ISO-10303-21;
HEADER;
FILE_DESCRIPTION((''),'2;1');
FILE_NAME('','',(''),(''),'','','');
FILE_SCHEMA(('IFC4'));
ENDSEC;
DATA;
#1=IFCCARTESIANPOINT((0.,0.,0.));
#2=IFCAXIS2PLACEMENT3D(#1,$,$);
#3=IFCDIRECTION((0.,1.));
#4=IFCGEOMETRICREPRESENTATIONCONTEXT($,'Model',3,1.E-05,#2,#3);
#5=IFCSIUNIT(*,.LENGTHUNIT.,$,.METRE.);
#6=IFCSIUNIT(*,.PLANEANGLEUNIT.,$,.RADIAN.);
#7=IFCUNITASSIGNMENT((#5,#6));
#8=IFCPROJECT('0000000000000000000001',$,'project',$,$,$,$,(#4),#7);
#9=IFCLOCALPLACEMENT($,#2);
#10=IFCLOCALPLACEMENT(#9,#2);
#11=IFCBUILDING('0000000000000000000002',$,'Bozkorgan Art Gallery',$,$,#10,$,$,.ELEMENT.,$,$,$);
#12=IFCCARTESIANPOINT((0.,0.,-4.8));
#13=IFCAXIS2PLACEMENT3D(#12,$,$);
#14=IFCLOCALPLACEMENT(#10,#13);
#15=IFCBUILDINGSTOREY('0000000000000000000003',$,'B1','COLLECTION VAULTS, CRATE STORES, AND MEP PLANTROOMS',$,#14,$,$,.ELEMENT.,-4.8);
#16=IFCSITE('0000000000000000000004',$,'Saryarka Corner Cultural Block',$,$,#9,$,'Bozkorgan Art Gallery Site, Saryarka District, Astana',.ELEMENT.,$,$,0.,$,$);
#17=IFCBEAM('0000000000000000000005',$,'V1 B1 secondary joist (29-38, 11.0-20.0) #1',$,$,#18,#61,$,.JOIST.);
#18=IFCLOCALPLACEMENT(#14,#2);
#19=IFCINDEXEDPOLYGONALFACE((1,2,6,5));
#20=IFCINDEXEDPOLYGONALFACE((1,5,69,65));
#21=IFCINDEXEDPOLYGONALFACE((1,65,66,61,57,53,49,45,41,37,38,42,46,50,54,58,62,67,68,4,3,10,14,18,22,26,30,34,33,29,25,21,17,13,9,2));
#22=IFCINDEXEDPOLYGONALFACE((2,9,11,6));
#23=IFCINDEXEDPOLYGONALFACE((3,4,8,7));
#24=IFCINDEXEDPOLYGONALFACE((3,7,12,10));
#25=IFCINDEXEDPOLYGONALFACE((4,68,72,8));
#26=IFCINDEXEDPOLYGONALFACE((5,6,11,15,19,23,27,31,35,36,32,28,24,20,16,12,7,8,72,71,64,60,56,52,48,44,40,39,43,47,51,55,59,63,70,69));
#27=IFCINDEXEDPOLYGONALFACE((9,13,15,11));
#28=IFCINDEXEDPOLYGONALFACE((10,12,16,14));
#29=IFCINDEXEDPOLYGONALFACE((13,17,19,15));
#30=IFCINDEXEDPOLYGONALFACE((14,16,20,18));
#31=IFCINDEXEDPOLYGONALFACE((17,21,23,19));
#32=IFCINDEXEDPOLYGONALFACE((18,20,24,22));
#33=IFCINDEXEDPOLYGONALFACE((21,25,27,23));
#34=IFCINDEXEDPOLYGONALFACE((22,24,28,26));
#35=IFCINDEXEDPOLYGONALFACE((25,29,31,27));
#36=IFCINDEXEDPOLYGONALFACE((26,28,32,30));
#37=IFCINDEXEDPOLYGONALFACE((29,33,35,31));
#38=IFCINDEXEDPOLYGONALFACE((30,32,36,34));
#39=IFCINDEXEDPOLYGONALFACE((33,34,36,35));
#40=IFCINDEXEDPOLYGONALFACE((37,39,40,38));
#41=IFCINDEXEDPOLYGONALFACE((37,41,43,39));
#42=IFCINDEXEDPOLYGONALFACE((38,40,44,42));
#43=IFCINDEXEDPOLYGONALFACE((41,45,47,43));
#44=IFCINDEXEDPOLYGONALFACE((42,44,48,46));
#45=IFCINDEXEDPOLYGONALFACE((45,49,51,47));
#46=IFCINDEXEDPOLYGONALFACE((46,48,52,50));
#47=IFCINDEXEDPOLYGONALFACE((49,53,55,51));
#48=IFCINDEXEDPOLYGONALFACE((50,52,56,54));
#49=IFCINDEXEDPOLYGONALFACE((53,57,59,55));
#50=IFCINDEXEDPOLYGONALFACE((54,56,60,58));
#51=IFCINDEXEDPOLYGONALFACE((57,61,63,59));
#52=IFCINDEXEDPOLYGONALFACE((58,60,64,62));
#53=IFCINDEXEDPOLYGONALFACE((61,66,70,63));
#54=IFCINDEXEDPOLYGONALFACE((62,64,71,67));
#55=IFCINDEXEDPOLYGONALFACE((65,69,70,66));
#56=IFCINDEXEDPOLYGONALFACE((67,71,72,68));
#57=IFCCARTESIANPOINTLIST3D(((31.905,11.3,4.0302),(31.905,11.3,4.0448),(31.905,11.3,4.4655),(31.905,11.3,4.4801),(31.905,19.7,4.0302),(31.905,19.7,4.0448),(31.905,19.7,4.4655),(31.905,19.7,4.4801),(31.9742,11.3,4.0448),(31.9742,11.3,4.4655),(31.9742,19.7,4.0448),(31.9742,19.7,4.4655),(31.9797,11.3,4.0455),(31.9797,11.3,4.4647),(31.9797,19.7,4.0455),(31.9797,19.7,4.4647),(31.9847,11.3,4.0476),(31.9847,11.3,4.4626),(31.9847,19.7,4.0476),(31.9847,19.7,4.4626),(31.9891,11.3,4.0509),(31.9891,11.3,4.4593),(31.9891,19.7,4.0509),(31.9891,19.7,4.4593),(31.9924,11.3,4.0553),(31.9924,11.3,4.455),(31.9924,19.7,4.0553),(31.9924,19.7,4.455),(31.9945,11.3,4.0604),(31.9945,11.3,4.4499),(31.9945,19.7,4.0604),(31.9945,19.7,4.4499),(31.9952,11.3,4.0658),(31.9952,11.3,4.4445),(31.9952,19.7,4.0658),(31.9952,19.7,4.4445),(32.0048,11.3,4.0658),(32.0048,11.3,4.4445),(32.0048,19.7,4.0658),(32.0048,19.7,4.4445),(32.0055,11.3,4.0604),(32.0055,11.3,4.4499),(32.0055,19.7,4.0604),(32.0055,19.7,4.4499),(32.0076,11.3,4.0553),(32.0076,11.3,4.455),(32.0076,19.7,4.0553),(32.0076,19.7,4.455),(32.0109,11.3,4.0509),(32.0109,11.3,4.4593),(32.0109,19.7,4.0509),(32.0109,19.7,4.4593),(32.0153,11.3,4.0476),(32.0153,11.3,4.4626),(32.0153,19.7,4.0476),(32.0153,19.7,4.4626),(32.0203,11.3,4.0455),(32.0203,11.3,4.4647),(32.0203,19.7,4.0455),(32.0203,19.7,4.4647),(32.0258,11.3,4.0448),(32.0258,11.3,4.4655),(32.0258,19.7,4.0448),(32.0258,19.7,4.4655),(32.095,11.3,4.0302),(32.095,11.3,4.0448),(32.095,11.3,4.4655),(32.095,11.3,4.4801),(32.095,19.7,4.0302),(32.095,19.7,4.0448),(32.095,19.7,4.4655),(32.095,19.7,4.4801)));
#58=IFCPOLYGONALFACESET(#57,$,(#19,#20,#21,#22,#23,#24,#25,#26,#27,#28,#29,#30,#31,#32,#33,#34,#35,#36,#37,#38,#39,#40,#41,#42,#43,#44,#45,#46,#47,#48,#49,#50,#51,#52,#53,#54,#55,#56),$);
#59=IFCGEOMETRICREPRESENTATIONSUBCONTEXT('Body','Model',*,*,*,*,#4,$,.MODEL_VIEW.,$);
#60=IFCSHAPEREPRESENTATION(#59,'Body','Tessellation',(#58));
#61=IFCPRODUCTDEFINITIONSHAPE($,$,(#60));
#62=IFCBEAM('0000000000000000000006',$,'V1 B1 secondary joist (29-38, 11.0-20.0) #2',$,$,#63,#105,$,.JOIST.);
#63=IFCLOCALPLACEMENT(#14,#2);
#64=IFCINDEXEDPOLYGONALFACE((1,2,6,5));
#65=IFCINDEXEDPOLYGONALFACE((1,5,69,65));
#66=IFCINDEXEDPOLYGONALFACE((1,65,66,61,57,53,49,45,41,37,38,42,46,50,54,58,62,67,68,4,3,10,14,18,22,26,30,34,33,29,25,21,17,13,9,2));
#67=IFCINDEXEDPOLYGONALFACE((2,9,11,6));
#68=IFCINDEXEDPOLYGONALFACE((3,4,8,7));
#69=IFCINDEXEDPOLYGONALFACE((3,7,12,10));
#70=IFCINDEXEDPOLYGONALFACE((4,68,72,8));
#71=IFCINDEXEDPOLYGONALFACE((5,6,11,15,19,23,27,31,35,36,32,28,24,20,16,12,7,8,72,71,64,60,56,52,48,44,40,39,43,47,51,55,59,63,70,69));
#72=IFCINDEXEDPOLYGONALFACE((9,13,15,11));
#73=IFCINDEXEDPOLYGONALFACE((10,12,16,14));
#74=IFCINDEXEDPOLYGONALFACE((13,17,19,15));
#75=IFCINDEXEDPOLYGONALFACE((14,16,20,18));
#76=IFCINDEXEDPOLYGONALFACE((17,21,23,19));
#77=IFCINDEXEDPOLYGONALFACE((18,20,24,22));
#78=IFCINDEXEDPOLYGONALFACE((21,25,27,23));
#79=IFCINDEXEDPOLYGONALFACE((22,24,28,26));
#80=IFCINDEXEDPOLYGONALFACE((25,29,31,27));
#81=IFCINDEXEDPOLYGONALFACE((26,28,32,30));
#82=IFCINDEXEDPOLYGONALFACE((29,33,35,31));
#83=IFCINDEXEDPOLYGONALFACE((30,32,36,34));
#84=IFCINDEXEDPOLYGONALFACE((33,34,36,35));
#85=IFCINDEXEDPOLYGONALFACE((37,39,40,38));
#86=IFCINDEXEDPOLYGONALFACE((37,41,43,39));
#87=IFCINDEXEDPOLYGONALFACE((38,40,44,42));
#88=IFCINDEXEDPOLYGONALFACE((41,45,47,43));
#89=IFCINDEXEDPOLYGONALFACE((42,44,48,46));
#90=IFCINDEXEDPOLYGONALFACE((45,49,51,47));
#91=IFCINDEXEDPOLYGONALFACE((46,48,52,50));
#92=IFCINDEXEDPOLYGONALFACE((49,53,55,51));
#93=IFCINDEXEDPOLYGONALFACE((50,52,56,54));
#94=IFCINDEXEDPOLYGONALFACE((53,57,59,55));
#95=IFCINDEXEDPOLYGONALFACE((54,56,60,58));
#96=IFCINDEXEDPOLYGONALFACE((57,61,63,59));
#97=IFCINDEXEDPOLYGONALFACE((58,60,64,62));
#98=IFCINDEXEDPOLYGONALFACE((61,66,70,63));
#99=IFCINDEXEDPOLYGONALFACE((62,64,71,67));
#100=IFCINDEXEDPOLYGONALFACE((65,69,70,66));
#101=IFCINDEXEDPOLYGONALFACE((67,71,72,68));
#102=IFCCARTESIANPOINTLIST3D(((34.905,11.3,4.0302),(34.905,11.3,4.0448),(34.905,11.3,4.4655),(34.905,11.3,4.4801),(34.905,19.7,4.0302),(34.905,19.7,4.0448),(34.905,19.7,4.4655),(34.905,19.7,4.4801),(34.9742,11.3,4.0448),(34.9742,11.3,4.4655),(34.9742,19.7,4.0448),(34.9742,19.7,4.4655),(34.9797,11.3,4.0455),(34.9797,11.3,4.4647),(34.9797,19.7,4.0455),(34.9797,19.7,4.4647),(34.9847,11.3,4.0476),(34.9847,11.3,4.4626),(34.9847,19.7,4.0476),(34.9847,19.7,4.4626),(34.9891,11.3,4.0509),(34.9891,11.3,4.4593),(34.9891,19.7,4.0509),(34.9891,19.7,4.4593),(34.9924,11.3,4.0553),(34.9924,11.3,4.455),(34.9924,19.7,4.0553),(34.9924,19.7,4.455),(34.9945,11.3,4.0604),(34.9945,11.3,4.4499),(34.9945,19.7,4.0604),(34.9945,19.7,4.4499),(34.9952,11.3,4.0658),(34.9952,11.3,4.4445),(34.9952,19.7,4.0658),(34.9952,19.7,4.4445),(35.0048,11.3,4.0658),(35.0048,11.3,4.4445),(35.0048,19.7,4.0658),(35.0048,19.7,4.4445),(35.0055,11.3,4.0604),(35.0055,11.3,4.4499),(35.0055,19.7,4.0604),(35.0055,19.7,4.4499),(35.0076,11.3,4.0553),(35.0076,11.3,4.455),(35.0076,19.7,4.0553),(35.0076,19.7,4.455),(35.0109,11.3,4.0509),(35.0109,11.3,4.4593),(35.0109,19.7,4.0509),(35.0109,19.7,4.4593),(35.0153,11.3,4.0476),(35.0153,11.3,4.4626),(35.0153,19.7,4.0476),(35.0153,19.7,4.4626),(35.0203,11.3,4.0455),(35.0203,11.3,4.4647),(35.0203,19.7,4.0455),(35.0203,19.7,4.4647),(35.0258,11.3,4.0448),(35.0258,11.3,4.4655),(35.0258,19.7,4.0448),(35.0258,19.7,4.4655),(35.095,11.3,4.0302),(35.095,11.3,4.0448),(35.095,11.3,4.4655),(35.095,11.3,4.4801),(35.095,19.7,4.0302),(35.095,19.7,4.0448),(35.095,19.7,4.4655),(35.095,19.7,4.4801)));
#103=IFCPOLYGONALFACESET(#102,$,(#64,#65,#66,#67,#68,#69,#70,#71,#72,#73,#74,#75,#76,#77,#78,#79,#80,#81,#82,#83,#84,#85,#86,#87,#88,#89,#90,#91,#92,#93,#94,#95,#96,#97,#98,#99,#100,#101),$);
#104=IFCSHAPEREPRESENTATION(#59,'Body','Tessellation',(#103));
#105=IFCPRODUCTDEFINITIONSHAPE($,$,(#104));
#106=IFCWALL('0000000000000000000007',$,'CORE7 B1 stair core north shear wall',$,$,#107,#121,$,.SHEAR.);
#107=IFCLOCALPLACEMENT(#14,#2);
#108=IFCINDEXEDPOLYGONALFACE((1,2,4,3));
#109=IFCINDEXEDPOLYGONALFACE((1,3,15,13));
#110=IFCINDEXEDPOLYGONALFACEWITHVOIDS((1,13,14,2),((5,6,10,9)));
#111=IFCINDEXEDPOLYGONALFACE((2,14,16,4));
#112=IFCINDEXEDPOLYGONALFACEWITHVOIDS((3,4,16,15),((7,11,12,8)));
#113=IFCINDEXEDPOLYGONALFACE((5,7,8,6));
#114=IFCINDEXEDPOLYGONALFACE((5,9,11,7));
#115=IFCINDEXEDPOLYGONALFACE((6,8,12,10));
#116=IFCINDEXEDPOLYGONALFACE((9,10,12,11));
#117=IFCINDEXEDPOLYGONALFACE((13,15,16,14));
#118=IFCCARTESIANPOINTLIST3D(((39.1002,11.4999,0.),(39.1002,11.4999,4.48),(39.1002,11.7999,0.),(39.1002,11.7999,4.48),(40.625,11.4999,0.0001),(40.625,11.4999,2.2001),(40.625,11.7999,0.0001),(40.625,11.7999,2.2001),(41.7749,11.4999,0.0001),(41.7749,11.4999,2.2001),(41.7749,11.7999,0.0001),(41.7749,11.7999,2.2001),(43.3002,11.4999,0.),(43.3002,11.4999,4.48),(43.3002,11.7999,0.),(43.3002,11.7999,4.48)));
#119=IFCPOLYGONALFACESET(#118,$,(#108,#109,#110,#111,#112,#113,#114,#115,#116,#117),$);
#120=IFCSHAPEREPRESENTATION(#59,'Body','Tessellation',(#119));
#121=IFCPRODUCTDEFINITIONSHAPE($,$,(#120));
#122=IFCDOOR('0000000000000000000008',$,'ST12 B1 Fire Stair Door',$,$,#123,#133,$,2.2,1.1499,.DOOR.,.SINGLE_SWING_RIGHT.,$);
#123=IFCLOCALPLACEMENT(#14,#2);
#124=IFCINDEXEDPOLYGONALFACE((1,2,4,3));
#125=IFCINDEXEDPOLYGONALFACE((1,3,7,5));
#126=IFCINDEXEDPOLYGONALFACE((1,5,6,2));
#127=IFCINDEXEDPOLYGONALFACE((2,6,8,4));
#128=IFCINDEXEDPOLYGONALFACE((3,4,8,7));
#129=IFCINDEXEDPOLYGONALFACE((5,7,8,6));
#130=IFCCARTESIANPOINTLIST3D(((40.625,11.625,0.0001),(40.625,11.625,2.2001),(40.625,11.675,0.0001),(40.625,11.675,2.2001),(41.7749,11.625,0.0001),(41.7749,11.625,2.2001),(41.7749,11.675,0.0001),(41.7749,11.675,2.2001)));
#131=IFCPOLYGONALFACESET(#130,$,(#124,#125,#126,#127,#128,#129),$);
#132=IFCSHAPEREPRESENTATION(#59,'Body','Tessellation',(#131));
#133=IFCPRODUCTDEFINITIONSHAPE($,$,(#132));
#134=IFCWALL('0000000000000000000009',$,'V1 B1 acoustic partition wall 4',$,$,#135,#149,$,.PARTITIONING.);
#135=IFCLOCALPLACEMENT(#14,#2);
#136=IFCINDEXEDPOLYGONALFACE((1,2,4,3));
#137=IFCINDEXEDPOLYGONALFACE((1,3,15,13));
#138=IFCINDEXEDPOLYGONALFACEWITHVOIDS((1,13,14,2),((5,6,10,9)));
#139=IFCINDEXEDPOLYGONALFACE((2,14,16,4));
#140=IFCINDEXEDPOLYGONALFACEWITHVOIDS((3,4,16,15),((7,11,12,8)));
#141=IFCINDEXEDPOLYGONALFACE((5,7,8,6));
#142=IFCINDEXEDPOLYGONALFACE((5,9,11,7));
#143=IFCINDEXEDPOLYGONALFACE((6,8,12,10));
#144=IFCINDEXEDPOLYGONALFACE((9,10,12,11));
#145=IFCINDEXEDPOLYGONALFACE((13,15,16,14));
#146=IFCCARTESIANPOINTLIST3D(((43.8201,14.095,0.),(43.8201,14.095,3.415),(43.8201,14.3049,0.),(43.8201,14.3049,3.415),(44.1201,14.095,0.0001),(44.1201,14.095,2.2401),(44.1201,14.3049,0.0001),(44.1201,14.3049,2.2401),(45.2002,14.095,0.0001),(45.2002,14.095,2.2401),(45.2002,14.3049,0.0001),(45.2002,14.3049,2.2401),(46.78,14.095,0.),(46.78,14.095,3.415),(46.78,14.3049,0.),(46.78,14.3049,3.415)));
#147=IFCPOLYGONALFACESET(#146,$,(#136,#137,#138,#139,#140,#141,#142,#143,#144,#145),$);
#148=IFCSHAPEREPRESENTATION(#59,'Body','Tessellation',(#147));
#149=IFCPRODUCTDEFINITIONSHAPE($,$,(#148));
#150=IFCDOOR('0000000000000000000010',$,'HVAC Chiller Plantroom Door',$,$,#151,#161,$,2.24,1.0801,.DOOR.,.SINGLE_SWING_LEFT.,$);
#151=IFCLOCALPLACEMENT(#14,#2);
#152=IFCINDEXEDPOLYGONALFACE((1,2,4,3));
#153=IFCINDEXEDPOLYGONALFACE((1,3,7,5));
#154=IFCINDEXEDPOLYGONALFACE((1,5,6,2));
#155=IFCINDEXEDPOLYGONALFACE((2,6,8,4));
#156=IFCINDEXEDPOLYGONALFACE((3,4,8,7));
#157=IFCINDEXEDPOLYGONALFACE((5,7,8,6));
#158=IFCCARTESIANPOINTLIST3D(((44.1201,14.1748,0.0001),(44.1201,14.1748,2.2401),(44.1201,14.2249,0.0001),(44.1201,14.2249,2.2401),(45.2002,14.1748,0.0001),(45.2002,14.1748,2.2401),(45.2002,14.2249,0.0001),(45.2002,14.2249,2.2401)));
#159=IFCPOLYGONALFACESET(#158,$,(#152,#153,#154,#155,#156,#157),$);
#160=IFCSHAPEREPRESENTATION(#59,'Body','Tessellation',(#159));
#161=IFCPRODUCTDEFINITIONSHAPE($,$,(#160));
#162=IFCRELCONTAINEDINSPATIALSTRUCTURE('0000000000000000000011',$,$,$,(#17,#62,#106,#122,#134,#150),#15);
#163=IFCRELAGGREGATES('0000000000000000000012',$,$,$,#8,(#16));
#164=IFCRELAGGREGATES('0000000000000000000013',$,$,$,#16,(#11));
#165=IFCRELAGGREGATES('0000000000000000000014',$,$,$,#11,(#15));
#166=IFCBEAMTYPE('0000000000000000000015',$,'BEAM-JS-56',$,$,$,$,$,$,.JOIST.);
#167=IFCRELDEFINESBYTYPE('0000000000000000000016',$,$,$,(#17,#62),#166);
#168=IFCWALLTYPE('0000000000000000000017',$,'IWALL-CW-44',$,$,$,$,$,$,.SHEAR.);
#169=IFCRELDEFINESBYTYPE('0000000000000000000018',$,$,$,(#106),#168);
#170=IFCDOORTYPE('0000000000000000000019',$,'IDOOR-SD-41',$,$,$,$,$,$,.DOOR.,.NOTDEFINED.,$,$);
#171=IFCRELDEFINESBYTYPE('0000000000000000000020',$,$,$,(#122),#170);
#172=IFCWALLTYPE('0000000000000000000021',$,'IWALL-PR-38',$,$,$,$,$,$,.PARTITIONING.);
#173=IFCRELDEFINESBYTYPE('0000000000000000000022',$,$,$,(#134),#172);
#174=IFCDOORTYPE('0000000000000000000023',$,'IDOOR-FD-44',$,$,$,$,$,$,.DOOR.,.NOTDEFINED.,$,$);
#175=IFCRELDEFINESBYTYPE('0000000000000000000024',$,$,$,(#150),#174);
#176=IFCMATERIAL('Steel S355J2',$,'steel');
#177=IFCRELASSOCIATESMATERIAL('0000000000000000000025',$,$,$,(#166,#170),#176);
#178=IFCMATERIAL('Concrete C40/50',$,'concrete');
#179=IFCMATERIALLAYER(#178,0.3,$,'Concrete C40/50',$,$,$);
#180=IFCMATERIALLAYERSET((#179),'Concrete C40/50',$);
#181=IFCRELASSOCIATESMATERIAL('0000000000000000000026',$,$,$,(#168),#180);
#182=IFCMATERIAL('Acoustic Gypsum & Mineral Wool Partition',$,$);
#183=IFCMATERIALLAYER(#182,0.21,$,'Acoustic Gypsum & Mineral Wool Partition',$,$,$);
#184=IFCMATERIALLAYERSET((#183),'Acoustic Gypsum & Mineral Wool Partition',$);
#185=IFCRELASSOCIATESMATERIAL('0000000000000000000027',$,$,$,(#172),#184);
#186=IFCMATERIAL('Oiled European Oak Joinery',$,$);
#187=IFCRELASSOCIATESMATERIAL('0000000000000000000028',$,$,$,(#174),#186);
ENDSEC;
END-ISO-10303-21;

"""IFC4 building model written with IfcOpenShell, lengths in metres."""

from ifc_helpers import new_model, si_unit, direction, frame, frame_2d, origin, origin_2d, place, context, subcontext, project, spatial, rectangle, i_section, extrude, material, layer, layer_set, material_profile, profile_set, type_object, element, fill, save


model = new_model("IFC4")

# Units and contexts
model_context = context("Model", 3, precision=1e-05, world=origin(), true_north=direction((0.0, 1.0)))
body_context = subcontext(model_context, "Body", "Model", "MODEL_VIEW")
ifc_project = project(units=[si_unit("LENGTHUNIT", "METRE"), si_unit("PLANEANGLEUNIT", "RADIAN")], contexts=[model_context])

# Site, building, storey
site_placement = place(None, origin())
site = spatial("IfcSite", under=ifc_project, at=site_placement, Name="Saryarka Corner Cultural Block", LongName="Bozkorgan Art Gallery Site, Saryarka District, Astana", CompositionType="ELEMENT", RefElevation=0.0)
building_placement = place(site_placement, origin())
building = spatial("IfcBuilding", under=site, at=building_placement, Name="Bozkorgan Art Gallery", CompositionType="ELEMENT")
storey_placement = place(building_placement, frame((0.0, 0.0, -4.8)))
storey = spatial("IfcBuildingStorey", under=building, at=storey_placement, Name="B1", Description="COLLECTION VAULTS, CRATE STORES, AND MEP PLANTROOMS", CompositionType="ELEMENT", Elevation=-4.8)

# Shared definitions
ifc_material_1 = material(Name="Concrete C40/50", Category="concrete")

# Beams
ifc_material_2 = material(Name="Steel S355J2", Category="steel")
ifc_material_profile_1 = material_profile(ifc_material_2, i_section(OverallWidth=0.1899, OverallDepth=0.45, WebThickness=0.0095, FlangeThickness=0.0146, FilletRadius=0.021, at=origin_2d()), Name="IPE 450")
ifc_profile_set_1 = profile_set([ifc_material_profile_1], Name="Steel S355J2")
beam_type_1 = type_object("IfcBeamType", Name="BEAM-JS-56", PredefinedType="JOIST", material=ifc_profile_set_1)
for number, where, z_axis, x_axis, name in (
    (1, (32.0, 11.3, 4.2551), (0.0, 1.0, 0.0), (-1.0, 0.0, 0.0), "V1 B1 secondary joist (29-38, 11.0-20.0) #1"),
    (2, (35.0, 11.3, 4.2551), (0.0, 1.0, 0.0), (-1.0, 0.0, 0.0), "V1 B1 secondary joist (29-38, 11.0-20.0) #2"),
):
    element("IfcBeam", number, at=place(storey_placement, frame(where, z_axis=z_axis, x_axis=x_axis)), inside=storey, type_object=beam_type_1, Name=name, PredefinedType="JOIST", context=body_context, shape_type="SweptSolid", body=[
        extrude(i_section(OverallWidth=0.1899, OverallDepth=0.45, WebThickness=0.0095, FlangeThickness=0.0146, FilletRadius=0.021, at=origin_2d()), origin(), (0.0, 0.0, 1.0), 8.3999),
    ])

# Walls, openings, doors
ifc_layer_1 = layer(ifc_material_1, 0.3, Name="Concrete C40/50")
ifc_layer_set_1 = layer_set([ifc_layer_1], Name="Concrete C40/50")
wall_type_1 = type_object("IfcWallType", Name="IWALL-CW-44", PredefinedType="SHEAR", material=ifc_layer_set_1)
wall_1_placement = place(storey_placement, frame((39.1001, 11.6499, 0.0), z_axis=(0.0, 0.0, 1.0), x_axis=(1.0, 0.0, 0.0)))
wall_1 = element("IfcWall", 3, at=wall_1_placement, inside=storey, type_object=wall_type_1, Name="CORE7 B1 stair core north shear wall", PredefinedType="SHEAR", context=body_context, shape_type="SweptSolid", body=[
    extrude(rectangle(XDim=4.2, YDim=0.3, at=frame_2d((2.1001, 0.0))), origin(), (0.0, 0.0, 1.0), 4.48),
])
opening_1_placement = place(wall_1_placement, frame((2.6748, 0.0, 0.0), z_axis=(0.0, 0.0, 1.0), x_axis=(-1.0, 0.0, 0.0)))
opening_1 = element("IfcOpeningElement", 4, at=opening_1_placement, cuts=wall_1, PredefinedType="OPENING", context=body_context, shape_type="SweptSolid", body=[
    extrude(rectangle(XDim=1.1499, YDim=2.2, at=frame_2d((0.575, 1.1001))), frame((0.0, 0.1602, 0.0), z_axis=(0.0, -1.0, 0.0), x_axis=(1.0, 0.0, 0.0)), (0.0, 0.0, 1.0), 0.3201),
])
door_type_1 = type_object("IfcDoorType", Name="IDOOR-SD-41", OperationType="NOTDEFINED", PredefinedType="DOOR", material=ifc_material_2)
door_1_placement = place(opening_1_placement, origin())
door_1 = element("IfcDoor", 5, at=door_1_placement, inside=storey, type_object=door_type_1, Name="ST12 B1 Fire Stair Door", OperationType="SINGLE_SWING_RIGHT", OverallHeight=2.2, OverallWidth=1.1499, PredefinedType="DOOR", context=body_context, shape_type="SweptSolid", body=[
    extrude(rectangle(XDim=1.1499, YDim=2.2, at=frame_2d((0.575, 1.1001))), frame((0.0, 0.0249, 0.0), z_axis=(0.0, -1.0, 0.0), x_axis=(1.0, 0.0, 0.0)), (0.0, 0.0, 1.0), 0.05),
])
fill(opening_1, door_1)
ifc_material_3 = material(Name="Acoustic Gypsum & Mineral Wool Partition")
ifc_layer_2 = layer(ifc_material_3, 0.21, Name="Acoustic Gypsum & Mineral Wool Partition")
ifc_layer_set_2 = layer_set([ifc_layer_2], Name="Acoustic Gypsum & Mineral Wool Partition")
wall_type_2 = type_object("IfcWallType", Name="IWALL-PR-38", PredefinedType="PARTITIONING", material=ifc_layer_set_2)
wall_2_placement = place(storey_placement, frame((43.8201, 14.2, 0.0), z_axis=(0.0, 0.0, 1.0), x_axis=(1.0, 0.0, 0.0)))
wall_2 = element("IfcWall", 6, at=wall_2_placement, inside=storey, type_object=wall_type_2, Name="V1 B1 acoustic partition wall 4", PredefinedType="PARTITIONING", context=body_context, shape_type="SweptSolid", body=[
    extrude(rectangle(XDim=2.96, YDim=0.21, at=frame_2d((1.48, 0.0))), origin(), (0.0, 0.0, 1.0), 3.415),
])
opening_2_placement = place(wall_2_placement, frame((0.3, 0.0, 0.0)))
opening_2 = element("IfcOpeningElement", 7, at=opening_2_placement, cuts=wall_2, PredefinedType="OPENING", context=body_context, shape_type="SweptSolid", body=[
    extrude(rectangle(XDim=1.0801, YDim=2.24, at=frame_2d((0.54, 1.1201))), frame((0.0, 0.115, 0.0), z_axis=(0.0, -1.0, 0.0), x_axis=(1.0, 0.0, 0.0)), (0.0, 0.0, 1.0), 0.23),
])
ifc_material_4 = material(Name="Oiled European Oak Joinery")
door_type_2 = type_object("IfcDoorType", Name="IDOOR-FD-44", OperationType="NOTDEFINED", PredefinedType="DOOR", material=ifc_material_4)
door_2_placement = place(opening_2_placement, origin())
door_2 = element("IfcDoor", 8, at=door_2_placement, inside=storey, type_object=door_type_2, Name="HVAC Chiller Plantroom Door", OperationType="SINGLE_SWING_LEFT", OverallHeight=2.24, OverallWidth=1.0801, PredefinedType="DOOR", context=body_context, shape_type="SweptSolid", body=[
    extrude(rectangle(XDim=1.0801, YDim=2.24, at=frame_2d((0.54, 1.1201))), frame((0.0, 0.0249, 0.0), z_axis=(0.0, -1.0, 0.0), x_axis=(1.0, 0.0, 0.0)), (0.0, 0.0, 1.0), 0.05),
])
fill(opening_2, door_2)

save(model, "model.ifc")
